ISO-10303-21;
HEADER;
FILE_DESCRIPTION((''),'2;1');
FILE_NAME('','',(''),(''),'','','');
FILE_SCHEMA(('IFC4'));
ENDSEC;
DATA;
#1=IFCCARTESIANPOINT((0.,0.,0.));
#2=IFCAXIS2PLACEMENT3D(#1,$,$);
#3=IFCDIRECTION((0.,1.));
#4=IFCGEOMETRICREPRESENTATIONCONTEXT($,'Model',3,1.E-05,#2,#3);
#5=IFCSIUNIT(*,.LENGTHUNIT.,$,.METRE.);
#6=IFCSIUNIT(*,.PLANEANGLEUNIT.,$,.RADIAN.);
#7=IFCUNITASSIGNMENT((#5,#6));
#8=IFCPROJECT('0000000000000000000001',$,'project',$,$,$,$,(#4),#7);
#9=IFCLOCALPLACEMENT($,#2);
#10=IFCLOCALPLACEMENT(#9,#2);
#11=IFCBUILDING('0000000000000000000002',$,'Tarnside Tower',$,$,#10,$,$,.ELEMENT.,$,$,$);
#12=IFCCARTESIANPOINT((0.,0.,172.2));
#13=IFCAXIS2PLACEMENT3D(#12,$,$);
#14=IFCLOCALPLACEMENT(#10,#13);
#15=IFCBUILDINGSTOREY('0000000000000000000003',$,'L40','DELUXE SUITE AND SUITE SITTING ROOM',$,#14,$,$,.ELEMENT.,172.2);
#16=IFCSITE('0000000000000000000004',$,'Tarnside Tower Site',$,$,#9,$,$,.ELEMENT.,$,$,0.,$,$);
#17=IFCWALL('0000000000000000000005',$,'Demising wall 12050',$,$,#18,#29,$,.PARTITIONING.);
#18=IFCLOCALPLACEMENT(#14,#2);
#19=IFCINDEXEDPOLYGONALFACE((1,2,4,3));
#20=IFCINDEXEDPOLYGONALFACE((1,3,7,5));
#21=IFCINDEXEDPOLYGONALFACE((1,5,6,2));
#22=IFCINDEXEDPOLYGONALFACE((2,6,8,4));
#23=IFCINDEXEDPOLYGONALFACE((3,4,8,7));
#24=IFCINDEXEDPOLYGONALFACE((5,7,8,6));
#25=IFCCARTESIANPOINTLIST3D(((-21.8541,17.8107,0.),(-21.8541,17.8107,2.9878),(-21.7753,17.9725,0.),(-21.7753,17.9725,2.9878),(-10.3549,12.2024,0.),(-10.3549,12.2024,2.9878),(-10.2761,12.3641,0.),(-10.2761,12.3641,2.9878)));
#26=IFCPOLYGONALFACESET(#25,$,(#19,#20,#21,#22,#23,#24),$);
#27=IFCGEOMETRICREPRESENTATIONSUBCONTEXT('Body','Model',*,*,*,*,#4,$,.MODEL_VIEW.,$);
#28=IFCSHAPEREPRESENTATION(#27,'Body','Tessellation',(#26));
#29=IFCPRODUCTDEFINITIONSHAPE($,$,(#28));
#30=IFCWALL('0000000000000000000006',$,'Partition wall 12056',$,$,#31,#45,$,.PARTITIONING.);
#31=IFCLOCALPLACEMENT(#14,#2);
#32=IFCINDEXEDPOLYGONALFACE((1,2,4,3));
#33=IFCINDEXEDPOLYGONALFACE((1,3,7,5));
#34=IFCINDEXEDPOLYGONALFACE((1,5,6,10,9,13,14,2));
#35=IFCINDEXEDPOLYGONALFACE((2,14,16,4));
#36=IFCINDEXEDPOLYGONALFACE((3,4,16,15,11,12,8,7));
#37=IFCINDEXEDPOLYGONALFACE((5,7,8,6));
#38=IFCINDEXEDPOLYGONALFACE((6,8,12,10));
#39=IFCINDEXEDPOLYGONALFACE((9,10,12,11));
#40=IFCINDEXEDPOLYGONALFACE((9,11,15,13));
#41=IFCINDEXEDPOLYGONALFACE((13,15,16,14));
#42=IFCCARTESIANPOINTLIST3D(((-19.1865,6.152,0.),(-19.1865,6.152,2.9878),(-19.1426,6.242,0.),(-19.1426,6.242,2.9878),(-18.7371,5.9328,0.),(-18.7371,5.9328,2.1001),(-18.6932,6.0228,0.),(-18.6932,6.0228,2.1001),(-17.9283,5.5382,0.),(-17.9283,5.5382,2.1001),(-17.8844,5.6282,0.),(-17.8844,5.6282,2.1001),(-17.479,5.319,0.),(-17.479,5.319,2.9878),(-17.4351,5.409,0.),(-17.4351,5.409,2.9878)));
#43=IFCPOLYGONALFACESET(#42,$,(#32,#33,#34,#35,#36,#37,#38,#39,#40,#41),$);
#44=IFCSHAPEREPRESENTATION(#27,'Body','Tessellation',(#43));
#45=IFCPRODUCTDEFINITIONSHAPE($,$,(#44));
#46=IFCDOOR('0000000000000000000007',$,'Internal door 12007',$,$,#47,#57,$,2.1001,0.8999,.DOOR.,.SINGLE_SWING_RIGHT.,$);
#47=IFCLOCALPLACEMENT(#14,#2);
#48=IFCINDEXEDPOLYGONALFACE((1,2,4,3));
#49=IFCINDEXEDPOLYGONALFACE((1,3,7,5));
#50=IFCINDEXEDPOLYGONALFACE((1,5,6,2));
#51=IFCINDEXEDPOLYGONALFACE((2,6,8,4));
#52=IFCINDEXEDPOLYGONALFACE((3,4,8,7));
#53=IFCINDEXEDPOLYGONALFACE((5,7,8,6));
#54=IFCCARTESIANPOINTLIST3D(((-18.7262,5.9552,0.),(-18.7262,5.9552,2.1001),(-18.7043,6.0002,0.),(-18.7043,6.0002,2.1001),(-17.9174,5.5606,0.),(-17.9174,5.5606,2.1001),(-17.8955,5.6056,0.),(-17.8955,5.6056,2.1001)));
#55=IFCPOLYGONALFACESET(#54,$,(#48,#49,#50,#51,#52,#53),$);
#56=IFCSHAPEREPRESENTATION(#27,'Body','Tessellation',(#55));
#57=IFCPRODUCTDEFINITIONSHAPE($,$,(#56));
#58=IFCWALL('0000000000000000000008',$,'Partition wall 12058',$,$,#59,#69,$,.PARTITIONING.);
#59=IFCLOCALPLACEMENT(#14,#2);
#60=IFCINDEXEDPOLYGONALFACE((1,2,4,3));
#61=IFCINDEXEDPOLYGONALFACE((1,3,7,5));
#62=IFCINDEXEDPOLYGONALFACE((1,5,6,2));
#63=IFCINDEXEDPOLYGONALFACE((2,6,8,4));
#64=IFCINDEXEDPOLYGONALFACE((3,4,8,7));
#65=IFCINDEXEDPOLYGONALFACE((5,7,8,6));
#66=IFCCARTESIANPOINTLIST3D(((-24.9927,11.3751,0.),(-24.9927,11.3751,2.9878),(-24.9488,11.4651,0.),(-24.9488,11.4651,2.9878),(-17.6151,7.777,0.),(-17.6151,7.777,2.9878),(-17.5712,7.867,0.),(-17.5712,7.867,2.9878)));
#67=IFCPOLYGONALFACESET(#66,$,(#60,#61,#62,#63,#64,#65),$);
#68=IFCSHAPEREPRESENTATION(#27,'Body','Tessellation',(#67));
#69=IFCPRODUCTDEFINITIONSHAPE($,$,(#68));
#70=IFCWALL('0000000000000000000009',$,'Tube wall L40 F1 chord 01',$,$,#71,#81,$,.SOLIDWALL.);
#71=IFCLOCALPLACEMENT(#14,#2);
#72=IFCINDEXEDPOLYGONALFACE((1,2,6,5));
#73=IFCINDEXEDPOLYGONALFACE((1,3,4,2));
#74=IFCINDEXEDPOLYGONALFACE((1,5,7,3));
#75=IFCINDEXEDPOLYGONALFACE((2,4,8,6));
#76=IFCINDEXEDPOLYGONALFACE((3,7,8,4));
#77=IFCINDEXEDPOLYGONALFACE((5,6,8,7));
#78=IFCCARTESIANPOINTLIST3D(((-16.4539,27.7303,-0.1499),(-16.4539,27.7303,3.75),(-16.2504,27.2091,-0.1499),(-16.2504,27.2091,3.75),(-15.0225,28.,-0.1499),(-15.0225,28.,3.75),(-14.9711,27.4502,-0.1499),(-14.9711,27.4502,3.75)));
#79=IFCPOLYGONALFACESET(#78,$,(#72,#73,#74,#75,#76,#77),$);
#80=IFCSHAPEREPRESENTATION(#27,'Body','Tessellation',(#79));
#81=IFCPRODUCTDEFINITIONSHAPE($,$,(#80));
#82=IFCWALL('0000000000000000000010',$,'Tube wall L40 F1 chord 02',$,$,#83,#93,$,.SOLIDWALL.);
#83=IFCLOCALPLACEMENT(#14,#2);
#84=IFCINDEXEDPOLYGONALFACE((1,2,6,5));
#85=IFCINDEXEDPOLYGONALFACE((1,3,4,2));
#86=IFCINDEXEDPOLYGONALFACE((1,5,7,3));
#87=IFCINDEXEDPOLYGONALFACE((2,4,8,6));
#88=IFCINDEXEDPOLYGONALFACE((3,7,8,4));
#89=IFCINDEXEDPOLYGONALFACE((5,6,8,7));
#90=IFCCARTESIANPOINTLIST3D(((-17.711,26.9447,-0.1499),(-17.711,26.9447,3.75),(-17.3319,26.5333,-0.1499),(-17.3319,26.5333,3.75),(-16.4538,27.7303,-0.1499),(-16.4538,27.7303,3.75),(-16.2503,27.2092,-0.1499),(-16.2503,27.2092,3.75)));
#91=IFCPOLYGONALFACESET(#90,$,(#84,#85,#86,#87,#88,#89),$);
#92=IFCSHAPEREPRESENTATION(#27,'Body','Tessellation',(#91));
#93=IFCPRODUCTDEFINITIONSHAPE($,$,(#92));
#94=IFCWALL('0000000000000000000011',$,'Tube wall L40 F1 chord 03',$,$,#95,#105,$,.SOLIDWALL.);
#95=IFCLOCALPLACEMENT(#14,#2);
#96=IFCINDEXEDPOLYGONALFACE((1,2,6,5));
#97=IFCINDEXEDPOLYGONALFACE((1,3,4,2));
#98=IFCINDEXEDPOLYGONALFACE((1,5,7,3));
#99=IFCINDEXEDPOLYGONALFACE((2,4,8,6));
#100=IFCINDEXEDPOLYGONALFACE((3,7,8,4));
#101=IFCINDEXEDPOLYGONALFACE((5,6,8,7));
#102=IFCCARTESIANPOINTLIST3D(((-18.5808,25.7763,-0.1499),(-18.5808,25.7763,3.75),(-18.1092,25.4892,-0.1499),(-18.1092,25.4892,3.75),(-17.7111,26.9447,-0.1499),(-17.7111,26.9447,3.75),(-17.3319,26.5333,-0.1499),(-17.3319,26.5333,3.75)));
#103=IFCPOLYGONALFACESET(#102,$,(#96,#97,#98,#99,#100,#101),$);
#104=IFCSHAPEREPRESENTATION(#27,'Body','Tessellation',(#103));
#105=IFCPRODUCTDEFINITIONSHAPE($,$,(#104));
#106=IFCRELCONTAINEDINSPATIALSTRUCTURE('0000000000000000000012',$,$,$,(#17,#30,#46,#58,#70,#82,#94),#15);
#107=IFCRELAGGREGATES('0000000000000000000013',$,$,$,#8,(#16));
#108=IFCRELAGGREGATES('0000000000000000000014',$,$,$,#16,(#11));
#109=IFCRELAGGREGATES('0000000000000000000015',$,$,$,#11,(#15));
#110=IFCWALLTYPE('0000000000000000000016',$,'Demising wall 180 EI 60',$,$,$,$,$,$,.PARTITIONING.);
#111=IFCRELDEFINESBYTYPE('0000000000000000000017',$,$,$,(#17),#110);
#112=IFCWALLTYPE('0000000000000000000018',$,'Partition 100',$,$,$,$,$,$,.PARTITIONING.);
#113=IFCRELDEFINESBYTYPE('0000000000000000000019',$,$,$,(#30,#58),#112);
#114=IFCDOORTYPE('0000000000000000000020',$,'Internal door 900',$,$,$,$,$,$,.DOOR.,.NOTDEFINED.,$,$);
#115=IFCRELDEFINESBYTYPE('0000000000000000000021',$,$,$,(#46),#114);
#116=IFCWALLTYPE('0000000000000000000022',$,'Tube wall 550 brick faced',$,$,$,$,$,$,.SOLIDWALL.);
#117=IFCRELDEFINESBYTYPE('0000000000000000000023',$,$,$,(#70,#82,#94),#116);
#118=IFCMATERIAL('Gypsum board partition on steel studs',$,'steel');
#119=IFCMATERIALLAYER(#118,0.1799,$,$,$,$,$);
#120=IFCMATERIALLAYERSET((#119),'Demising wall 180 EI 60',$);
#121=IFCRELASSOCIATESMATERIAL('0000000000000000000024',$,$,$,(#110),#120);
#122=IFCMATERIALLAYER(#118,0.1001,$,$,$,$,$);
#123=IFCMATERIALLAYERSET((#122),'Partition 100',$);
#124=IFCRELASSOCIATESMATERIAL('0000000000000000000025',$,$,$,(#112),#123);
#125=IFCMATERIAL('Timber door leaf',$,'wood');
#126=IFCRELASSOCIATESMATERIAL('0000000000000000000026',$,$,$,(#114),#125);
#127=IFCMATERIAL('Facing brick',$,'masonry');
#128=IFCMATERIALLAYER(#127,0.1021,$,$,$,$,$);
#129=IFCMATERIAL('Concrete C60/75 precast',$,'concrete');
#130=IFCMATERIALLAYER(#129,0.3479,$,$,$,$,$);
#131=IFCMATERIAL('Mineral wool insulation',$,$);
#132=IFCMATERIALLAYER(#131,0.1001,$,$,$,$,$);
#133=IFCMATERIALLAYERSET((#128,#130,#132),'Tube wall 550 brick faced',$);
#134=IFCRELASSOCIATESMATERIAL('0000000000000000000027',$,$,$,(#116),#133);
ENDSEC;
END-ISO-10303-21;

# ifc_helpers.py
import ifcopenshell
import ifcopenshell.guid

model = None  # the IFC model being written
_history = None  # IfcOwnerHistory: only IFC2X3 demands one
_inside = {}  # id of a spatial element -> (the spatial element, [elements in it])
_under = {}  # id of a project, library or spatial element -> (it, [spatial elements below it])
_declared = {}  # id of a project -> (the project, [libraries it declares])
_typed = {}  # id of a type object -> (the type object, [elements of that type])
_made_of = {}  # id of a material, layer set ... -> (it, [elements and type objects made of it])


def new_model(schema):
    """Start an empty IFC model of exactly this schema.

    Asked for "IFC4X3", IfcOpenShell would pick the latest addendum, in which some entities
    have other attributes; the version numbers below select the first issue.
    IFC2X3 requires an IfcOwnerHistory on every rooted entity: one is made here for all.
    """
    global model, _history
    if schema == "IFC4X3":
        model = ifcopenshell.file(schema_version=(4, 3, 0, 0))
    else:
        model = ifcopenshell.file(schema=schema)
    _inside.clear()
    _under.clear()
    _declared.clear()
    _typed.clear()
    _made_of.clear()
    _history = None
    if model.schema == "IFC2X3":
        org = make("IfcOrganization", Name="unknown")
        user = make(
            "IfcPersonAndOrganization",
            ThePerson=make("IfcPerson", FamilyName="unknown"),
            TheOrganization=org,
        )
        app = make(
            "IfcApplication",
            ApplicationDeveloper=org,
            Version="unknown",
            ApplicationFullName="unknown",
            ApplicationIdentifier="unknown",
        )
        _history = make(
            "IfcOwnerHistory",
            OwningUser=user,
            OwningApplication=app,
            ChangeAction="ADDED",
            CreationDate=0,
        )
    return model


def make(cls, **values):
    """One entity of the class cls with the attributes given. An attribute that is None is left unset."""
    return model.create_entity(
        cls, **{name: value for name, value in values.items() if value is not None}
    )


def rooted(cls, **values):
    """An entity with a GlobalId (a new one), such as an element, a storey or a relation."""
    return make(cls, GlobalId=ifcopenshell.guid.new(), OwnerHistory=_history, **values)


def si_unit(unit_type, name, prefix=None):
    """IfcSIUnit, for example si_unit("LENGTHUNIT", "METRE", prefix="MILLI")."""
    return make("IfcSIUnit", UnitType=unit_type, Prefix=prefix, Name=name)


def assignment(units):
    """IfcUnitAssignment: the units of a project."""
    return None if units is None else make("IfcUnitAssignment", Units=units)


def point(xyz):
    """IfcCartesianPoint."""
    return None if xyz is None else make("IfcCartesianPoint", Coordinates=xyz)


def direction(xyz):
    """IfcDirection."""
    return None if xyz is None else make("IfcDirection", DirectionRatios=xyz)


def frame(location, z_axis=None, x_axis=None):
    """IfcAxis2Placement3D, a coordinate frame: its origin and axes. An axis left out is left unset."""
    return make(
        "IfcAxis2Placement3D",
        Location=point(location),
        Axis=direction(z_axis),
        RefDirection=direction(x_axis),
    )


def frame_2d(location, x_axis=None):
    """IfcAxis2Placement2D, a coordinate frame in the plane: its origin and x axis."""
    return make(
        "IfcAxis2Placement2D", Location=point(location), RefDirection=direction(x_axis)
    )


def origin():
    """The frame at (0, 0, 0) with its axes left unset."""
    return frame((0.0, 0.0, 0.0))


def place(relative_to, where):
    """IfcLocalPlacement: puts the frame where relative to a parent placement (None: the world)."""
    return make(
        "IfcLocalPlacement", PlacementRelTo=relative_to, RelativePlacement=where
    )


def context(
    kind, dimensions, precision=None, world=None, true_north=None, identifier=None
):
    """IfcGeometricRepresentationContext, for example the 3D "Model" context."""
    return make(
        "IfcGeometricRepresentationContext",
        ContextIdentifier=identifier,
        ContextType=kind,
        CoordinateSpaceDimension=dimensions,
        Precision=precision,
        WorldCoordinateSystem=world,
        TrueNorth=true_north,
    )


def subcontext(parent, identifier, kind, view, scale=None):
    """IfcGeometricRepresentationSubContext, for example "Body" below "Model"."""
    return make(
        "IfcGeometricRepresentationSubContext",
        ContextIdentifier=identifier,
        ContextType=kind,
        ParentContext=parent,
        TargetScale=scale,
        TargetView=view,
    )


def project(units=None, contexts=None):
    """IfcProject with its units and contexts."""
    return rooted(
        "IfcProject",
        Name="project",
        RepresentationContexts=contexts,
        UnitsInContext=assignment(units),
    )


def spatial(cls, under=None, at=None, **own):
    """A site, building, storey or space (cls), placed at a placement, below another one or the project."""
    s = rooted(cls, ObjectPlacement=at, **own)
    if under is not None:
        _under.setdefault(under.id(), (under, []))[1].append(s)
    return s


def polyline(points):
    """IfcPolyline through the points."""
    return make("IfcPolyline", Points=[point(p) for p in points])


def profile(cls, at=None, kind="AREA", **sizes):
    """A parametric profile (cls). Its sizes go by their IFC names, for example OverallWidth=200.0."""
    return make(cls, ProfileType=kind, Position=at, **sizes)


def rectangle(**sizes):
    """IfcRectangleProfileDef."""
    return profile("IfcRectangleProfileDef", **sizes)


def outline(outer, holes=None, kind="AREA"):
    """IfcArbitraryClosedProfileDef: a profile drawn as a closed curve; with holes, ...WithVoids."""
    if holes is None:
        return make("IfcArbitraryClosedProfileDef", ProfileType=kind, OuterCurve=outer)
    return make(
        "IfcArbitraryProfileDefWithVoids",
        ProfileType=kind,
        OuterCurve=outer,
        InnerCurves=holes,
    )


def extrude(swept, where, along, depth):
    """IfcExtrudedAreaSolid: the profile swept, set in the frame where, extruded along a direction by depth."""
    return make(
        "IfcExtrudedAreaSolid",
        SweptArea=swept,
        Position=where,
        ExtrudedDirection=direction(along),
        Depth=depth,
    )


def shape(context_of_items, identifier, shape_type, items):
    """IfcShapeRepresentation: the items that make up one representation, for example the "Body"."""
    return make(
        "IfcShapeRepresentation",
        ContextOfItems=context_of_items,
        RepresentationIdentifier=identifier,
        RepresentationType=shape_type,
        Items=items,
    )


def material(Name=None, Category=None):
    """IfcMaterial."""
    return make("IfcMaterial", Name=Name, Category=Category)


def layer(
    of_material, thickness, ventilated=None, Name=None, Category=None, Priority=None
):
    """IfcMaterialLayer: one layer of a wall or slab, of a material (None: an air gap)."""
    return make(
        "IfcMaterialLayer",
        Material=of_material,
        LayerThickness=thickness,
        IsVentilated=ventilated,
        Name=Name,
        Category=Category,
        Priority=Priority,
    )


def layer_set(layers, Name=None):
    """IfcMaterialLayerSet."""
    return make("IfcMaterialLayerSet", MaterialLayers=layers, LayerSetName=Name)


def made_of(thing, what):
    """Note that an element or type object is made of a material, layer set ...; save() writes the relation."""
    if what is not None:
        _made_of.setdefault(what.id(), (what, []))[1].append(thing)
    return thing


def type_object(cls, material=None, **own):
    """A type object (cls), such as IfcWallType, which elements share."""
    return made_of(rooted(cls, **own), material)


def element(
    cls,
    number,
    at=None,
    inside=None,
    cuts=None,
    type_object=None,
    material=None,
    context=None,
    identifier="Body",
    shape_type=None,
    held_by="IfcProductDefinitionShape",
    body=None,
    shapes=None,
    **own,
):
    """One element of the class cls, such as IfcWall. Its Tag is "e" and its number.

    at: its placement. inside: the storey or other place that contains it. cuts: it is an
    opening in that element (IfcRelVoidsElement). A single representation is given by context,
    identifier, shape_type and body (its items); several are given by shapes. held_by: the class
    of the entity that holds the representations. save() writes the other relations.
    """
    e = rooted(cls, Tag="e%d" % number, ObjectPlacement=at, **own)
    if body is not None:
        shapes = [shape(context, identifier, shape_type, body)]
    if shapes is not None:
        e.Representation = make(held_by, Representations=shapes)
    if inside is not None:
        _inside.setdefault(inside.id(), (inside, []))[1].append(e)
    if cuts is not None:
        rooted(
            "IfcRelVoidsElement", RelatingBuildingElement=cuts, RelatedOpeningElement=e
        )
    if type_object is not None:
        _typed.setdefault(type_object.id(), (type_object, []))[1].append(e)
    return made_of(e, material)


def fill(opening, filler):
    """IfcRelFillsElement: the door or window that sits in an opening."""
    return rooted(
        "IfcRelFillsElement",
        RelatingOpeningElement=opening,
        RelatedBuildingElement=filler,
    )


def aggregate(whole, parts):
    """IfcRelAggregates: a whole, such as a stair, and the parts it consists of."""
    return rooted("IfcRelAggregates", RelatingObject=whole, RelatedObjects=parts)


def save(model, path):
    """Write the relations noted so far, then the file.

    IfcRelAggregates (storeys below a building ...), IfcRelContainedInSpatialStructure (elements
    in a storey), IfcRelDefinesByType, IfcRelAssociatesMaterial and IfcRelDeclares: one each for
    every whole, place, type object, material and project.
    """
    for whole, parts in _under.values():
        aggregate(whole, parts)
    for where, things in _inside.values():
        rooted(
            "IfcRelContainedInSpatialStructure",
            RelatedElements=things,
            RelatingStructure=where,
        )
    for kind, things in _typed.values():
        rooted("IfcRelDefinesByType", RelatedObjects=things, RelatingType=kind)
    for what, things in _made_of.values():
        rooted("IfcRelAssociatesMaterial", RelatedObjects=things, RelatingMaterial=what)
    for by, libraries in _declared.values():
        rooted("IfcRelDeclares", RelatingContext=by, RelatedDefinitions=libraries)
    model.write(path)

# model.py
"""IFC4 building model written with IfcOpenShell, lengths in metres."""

from ifc_helpers import new_model, si_unit, direction, frame, frame_2d, origin, place, context, subcontext, project, spatial, polyline, rectangle, outline, extrude, material, layer, layer_set, type_object, element, fill, save


model = new_model("IFC4")

# Units and contexts
model_context = context("Model", 3, precision=1e-05, world=origin(), true_north=direction((0.0, 1.0)))
body_context = subcontext(model_context, "Body", "Model", "MODEL_VIEW")
ifc_project = project(units=[si_unit("LENGTHUNIT", "METRE"), si_unit("PLANEANGLEUNIT", "RADIAN")], contexts=[model_context])

# Site, building, storey
site_placement = place(None, origin())
site = spatial("IfcSite", under=ifc_project, at=site_placement, Name="Tarnside Tower Site", CompositionType="ELEMENT", RefElevation=0.0)
building_placement = place(site_placement, origin())
building = spatial("IfcBuilding", under=site, at=building_placement, Name="Tarnside Tower", CompositionType="ELEMENT")
storey_placement = place(building_placement, frame((0.0, 0.0, 172.2)))
storey = spatial("IfcBuildingStorey", under=building, at=storey_placement, Name="L40", Description="DELUXE SUITE AND SUITE SITTING ROOM", CompositionType="ELEMENT", Elevation=172.2)

# Shared definitions
ifc_material_1 = material(Name="Gypsum board partition on steel studs", Category="steel")
ifc_material_2 = material(Name="Timber door leaf", Category="wood")

# Wall
ifc_layer_1 = layer(ifc_material_1, 0.1799)
ifc_layer_set_1 = layer_set([ifc_layer_1], Name="Demising wall 180 EI 60")
wall_type_1 = type_object("IfcWallType", Name="Demising wall 180 EI 60", PredefinedType="PARTITIONING", material=ifc_layer_set_1)
wall_1_placement = place(storey_placement, frame((-21.8147, 17.8916, 0.0), z_axis=(0.0, 0.0, 1.0), x_axis=(0.898799, -0.43836, 0.0)))
element("IfcWall", 1, at=wall_1_placement, inside=storey, type_object=wall_type_1, Name="Demising wall 12050", PredefinedType="PARTITIONING", context=body_context, shape_type="SweptSolid", body=[
    extrude(rectangle(XDim=12.7939, YDim=0.1799, at=frame_2d((6.397, 0.0))), origin(), (0.0, 0.0, 1.0), 2.9878),
])

# Wall, opening, door
ifc_layer_2 = layer(ifc_material_1, 0.1001)
ifc_layer_set_2 = layer_set([ifc_layer_2], Name="Partition 100")
wall_type_2 = type_object("IfcWallType", Name="Partition 100", PredefinedType="PARTITIONING", material=ifc_layer_set_2)
wall_2_placement = place(storey_placement, frame((-19.1646, 6.197, 0.0), z_axis=(0.0, 0.0, 1.0), x_axis=(0.898754, -0.438454, 0.0)))
wall_2 = element("IfcWall", 2, at=wall_2_placement, inside=storey, type_object=wall_type_2, Name="Partition wall 12056", PredefinedType="PARTITIONING", context=body_context, shape_type="SweptSolid", body=[
    extrude(rectangle(XDim=1.8999, YDim=0.1001, at=frame_2d((0.95, 0.0))), origin(), (0.0, 0.0, 1.0), 2.9878),
])
opening_1_placement = place(wall_2_placement, frame((0.5, 0.0, 0.0)))
opening_1 = element("IfcOpeningElement", 3, at=opening_1_placement, cuts=wall_2, PredefinedType="OPENING", context=body_context, shape_type="SweptSolid", body=[
    extrude(rectangle(XDim=0.8999, YDim=2.1001, at=frame_2d((0.45, 1.05))), frame((0.0, 0.0601, 0.0), z_axis=(0.0, -1.0, 0.0), x_axis=(1.0, 0.0, 0.0)), (0.0, 0.0, 1.0), 0.1201),
])
door_type_1 = type_object("IfcDoorType", Name="Internal door 900", OperationType="NOTDEFINED", PredefinedType="DOOR", material=ifc_material_2)
door_1_placement = place(opening_1_placement, origin())
door_1 = element("IfcDoor", 4, at=door_1_placement, inside=storey, type_object=door_type_1, Name="Internal door 12007", OperationType="SINGLE_SWING_RIGHT", OverallHeight=2.1001, OverallWidth=0.8999, PredefinedType="DOOR", context=body_context, shape_type="SweptSolid", body=[
    extrude(rectangle(XDim=0.8999, YDim=2.1001, at=frame_2d((0.45, 1.05))), frame((0.0, 0.0249, 0.0), z_axis=(0.0, -1.0, 0.0), x_axis=(1.0, 0.0, 0.0)), (0.0, 0.0, 1.0), 0.05),
])
fill(opening_1, door_1)

# Walls
wall_3_placement = place(storey_placement, frame((-17.5933, 7.822, 0.0), z_axis=(0.0, 0.0, 1.0), x_axis=(-0.898803, 0.438352, 0.0)))
element("IfcWall", 5, at=wall_3_placement, inside=storey, type_object=wall_type_2, Name="Partition wall 12058", PredefinedType="PARTITIONING", context=body_context, shape_type="SweptSolid", body=[
    extrude(rectangle(XDim=8.2083, YDim=0.1001, at=frame_2d((4.104, 0.0))), origin(), (0.0, 0.0, 1.0), 2.9878),
])
ifc_material_3 = material(Name="Facing brick", Category="masonry")
ifc_layer_3 = layer(ifc_material_3, 0.1021)
ifc_material_4 = material(Name="Concrete C60/75 precast", Category="concrete")
ifc_layer_4 = layer(ifc_material_4, 0.3479)
ifc_material_5 = material(Name="Mineral wool insulation")
ifc_layer_5 = layer(ifc_material_5, 0.1001)
ifc_layer_set_3 = layer_set([ifc_layer_3, ifc_layer_4, ifc_layer_5], Name="Tube wall 550 brick faced")
wall_type_3 = type_object("IfcWallType", Name="Tube wall 550 brick faced", PredefinedType="SOLIDWALL", material=ifc_layer_set_3)
wall_4_placement = place(storey_placement, frame((-14.9968, 27.7251, -0.1499), z_axis=(0.0, 0.0, 1.0), x_axis=(-0.982705, -0.185176, 0.0)))
element("IfcWall", 6, at=wall_4_placement, inside=storey, type_object=wall_type_3, Name="Tube wall L40 F1 chord 01", PredefinedType="SOLIDWALL", context=body_context, shape_type="SweptSolid", body=[
    extrude(outline(polyline([(-0.0256, -0.2749), (1.4309, -0.2749), (1.3274, 0.2749), (0.0256, 0.2749), (-0.0256, -0.2749)])), origin(), (0.0, 0.0, 1.0), 3.8999),
])
wall_5_placement = place(storey_placement, frame((-16.3521, 27.4697, -0.1499), z_axis=(0.0, 0.0, 1.0), x_axis=(-0.848058, -0.529903, 0.0)))
element("IfcWall", 7, at=wall_5_placement, inside=storey, type_object=wall_type_3, Name="Tube wall L40 F1 chord 02", PredefinedType="SOLIDWALL", context=body_context, shape_type="SweptSolid", body=[
    extrude(outline(polyline([(-0.0518, -0.2749), (1.4307, -0.2749), (1.3271, 0.2749), (0.0518, 0.2749), (-0.0518, -0.2749)])), origin(), (0.0, 0.0, 1.0), 3.8999),
])
wall_6_placement = place(storey_placement, frame((-17.5215, 26.739, -0.1499), z_axis=(0.0, 0.0, 1.0), x_axis=(-0.597135, -0.802141, 0.0)))
element("IfcWall", 8, at=wall_6_placement, inside=storey, type_object=wall_type_3, Name="Tube wall L40 F1 chord 03", PredefinedType="SOLIDWALL", context=body_context, shape_type="SweptSolid", body=[
    extrude(outline(polyline([(-0.0518, -0.2749), (1.4048, -0.2749), (1.3535, 0.2749), (0.0518, 0.2749), (-0.0518, -0.2749)])), origin(), (0.0, 0.0, 1.0), 3.8999),
])

save(model, "model.ifc")
